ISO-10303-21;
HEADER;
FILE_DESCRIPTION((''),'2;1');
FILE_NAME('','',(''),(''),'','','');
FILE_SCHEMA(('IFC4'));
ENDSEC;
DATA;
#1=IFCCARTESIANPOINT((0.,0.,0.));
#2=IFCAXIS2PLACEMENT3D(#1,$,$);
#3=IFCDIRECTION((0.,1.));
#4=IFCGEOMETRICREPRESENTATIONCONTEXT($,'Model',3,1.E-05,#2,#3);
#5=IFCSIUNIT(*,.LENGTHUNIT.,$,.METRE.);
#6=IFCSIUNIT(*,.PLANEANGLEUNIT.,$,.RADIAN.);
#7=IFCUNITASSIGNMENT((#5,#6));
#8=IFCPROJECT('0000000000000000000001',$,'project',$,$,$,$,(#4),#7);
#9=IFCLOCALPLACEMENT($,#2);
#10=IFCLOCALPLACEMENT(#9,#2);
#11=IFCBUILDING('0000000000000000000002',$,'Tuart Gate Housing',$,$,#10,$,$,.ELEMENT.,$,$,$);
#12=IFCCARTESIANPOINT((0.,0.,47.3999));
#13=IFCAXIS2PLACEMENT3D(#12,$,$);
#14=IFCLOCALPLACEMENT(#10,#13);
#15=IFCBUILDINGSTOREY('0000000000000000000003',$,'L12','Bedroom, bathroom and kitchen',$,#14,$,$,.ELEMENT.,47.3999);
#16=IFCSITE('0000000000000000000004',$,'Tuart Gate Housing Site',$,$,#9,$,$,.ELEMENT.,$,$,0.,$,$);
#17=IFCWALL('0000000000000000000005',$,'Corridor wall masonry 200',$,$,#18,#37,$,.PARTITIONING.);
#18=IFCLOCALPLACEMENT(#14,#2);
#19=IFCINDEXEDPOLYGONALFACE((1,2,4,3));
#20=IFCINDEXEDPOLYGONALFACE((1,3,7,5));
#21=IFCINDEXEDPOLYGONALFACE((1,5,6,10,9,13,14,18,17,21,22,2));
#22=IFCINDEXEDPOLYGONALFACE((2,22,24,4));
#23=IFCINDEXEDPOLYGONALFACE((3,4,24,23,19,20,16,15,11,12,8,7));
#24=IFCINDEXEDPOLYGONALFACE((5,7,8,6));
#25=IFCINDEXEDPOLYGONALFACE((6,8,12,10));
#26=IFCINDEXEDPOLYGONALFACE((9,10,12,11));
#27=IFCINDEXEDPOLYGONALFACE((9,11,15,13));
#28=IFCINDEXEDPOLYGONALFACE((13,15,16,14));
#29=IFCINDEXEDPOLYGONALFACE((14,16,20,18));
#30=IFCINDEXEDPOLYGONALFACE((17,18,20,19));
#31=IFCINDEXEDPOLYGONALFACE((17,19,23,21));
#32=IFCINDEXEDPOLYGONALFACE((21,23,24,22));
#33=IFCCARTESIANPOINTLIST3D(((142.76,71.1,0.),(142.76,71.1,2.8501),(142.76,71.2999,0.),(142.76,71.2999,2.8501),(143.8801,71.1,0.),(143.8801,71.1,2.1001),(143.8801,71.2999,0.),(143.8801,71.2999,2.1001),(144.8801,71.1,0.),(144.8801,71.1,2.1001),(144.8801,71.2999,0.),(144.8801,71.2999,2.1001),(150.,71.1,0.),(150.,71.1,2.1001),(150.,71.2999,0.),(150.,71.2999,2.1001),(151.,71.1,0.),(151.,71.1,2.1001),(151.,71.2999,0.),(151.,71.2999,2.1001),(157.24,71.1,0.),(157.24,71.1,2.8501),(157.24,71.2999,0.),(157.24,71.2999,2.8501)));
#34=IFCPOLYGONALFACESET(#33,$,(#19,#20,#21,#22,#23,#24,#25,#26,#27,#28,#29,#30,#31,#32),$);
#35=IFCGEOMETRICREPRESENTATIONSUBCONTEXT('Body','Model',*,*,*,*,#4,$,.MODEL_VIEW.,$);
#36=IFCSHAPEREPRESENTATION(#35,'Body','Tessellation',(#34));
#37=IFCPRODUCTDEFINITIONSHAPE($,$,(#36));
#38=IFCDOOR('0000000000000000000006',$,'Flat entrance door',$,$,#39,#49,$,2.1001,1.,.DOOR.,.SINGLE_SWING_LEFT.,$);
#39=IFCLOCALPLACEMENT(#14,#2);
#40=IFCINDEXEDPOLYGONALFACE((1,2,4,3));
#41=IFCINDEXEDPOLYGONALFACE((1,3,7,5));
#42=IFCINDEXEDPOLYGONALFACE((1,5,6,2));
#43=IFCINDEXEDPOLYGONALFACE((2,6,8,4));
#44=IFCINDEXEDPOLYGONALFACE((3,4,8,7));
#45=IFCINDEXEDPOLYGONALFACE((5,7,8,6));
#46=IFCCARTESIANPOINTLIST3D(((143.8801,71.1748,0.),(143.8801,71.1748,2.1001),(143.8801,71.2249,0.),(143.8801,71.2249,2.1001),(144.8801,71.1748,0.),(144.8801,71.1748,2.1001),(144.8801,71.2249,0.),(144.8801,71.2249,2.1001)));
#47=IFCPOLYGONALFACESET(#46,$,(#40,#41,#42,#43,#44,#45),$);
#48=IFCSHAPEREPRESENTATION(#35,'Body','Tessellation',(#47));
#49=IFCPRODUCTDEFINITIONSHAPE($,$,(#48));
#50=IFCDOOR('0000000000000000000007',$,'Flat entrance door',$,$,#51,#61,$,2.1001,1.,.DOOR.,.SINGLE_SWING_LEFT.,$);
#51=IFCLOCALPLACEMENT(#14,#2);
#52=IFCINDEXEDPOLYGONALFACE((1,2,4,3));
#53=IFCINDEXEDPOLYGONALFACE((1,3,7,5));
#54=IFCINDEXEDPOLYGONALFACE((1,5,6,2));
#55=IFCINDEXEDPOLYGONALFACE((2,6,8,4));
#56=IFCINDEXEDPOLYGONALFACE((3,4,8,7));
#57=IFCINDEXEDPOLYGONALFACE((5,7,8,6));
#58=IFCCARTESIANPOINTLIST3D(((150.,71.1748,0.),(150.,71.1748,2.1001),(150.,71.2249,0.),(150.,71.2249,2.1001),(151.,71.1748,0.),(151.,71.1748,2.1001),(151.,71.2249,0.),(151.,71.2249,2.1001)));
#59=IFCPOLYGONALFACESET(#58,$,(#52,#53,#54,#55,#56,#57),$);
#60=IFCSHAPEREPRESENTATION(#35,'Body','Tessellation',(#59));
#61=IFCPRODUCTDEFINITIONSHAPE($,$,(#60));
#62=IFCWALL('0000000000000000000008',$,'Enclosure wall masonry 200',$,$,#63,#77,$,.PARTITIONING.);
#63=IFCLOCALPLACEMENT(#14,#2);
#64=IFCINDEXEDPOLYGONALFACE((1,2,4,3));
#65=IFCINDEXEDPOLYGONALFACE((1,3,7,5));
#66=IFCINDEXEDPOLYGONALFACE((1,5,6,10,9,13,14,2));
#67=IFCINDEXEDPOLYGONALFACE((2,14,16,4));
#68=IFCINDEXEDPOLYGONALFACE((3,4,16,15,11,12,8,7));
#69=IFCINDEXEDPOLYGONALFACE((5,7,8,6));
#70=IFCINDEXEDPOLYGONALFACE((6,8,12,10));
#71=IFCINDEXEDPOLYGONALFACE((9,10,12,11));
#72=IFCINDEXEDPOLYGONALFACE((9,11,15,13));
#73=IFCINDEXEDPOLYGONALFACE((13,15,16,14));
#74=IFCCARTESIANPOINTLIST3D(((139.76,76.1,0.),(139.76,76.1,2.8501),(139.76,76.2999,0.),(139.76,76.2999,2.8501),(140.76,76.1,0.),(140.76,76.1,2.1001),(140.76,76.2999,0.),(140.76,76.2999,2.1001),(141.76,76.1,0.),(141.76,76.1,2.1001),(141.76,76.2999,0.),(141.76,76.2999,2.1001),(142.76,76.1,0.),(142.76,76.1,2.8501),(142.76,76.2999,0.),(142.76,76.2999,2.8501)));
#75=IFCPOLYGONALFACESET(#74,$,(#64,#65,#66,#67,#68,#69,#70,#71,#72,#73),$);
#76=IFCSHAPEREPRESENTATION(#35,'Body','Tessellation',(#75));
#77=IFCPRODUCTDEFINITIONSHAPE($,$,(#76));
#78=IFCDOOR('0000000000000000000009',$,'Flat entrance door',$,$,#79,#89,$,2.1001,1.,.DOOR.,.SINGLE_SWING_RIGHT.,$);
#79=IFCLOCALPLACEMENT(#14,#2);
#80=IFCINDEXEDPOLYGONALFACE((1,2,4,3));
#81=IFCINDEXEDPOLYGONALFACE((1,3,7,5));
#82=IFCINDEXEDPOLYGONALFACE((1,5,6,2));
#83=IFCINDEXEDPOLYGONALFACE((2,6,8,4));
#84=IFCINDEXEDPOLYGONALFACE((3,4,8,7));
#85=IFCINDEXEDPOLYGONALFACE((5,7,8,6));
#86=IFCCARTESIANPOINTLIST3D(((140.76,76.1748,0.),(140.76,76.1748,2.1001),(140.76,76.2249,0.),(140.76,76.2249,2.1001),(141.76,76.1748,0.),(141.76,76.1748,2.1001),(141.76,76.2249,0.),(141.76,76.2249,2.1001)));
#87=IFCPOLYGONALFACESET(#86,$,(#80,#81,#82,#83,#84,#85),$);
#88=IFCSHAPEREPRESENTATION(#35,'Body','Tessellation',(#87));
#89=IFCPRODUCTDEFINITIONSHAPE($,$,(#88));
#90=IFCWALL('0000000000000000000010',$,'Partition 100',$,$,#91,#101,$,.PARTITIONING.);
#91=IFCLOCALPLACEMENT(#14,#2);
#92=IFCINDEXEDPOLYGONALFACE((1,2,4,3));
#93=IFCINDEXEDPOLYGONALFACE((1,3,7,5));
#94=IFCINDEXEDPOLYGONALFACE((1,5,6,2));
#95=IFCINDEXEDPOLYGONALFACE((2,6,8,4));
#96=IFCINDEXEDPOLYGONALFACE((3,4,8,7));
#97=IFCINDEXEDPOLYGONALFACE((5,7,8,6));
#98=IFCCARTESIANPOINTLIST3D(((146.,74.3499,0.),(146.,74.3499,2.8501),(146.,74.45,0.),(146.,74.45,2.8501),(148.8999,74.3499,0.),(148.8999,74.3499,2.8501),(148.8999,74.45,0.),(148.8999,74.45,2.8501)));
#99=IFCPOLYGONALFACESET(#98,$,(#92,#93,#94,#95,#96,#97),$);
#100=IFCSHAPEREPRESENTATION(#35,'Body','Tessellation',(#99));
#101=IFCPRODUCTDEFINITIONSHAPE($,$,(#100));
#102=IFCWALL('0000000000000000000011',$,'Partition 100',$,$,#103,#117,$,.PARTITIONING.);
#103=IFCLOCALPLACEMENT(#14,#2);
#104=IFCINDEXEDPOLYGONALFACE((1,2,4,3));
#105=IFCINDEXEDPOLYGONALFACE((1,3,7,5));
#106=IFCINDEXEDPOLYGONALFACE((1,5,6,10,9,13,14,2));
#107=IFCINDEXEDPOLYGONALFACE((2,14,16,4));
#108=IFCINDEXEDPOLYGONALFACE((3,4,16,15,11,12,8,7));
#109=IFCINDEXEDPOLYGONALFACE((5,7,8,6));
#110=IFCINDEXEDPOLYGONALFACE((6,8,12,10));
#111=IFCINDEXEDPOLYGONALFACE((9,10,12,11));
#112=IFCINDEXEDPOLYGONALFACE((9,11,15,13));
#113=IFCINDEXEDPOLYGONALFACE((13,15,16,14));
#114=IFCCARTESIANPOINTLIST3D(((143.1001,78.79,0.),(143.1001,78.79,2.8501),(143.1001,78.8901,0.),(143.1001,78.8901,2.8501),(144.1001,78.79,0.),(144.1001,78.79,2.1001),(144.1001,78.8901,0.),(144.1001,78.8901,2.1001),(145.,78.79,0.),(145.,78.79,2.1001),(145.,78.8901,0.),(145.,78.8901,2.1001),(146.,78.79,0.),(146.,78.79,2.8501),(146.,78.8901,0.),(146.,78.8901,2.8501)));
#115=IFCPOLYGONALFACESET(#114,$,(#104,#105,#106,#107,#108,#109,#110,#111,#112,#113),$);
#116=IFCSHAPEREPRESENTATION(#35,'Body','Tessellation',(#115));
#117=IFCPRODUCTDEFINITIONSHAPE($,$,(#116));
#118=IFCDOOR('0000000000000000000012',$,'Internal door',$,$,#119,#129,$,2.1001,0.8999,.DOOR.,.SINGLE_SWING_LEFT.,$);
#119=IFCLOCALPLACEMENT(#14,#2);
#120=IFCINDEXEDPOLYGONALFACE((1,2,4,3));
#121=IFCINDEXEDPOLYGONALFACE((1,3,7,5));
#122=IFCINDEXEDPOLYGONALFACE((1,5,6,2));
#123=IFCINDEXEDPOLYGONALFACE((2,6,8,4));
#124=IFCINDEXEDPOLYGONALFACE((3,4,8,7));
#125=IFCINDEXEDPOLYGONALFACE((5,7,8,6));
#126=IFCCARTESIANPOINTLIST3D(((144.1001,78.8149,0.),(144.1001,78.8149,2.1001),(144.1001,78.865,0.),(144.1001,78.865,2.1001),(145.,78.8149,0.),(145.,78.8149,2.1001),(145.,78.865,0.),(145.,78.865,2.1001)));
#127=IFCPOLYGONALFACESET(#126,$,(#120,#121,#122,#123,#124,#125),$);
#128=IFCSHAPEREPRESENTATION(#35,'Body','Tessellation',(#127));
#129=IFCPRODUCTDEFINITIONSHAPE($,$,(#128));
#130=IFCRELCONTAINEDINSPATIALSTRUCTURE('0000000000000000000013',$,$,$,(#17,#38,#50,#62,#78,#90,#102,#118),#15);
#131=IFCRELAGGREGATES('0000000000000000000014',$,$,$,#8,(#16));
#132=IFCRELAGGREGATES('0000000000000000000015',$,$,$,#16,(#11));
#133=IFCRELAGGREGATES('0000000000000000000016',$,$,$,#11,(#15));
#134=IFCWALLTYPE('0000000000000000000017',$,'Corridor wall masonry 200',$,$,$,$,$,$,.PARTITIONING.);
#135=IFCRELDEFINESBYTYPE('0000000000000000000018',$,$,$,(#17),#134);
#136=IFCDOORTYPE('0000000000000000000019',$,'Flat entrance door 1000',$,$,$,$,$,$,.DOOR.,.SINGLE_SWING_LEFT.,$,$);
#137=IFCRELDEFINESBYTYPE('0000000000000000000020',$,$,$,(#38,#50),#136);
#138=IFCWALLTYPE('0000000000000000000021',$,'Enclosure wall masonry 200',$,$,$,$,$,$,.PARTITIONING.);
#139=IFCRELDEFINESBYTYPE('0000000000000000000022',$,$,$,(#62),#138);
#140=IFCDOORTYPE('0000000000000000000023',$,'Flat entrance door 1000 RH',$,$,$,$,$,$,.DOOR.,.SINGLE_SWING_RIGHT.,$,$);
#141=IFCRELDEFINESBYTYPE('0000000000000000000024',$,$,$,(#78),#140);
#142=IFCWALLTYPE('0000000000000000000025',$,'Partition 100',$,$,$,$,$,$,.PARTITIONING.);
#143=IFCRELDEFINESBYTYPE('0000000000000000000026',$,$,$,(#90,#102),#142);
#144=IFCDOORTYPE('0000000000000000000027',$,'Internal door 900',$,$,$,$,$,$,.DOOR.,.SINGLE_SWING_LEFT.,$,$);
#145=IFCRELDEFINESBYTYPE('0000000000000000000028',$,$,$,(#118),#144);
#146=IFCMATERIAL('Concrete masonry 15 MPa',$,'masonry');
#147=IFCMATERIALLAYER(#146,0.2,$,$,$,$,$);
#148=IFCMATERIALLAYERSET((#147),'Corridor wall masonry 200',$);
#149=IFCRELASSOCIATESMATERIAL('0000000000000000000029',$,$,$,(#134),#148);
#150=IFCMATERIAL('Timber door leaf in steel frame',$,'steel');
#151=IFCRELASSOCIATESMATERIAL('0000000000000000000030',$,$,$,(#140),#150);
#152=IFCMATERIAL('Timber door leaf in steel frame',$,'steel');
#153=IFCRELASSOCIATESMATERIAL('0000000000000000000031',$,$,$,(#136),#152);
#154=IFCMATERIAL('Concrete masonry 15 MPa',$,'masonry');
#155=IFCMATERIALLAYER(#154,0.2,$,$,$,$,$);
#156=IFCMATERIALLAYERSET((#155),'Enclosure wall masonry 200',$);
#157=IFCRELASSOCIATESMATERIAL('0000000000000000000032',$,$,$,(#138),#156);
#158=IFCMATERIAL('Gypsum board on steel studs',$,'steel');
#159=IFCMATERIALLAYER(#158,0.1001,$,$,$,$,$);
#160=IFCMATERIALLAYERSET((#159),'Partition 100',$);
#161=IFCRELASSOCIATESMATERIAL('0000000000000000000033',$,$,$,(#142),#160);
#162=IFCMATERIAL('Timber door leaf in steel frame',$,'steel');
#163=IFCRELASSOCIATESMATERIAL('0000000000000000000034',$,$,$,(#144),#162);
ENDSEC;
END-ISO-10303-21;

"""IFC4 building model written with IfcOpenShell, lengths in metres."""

from ifc_helpers import new_model, si_unit, direction, frame, frame_2d, origin, place, context, subcontext, project, spatial, rectangle, extrude, material, layer, layer_set, type_object, element, fill, save


model = new_model("IFC4")

# Units and contexts
model_context = context("Model", 3, precision=1e-05, world=origin(), true_north=direction((0.0, 1.0)))
body_context = subcontext(model_context, "Body", "Model", "MODEL_VIEW")
ifc_project = project(units=[si_unit("LENGTHUNIT", "METRE"), si_unit("PLANEANGLEUNIT", "RADIAN")], contexts=[model_context])

# Site, building, storey
site_placement = place(None, origin())
site = spatial("IfcSite", under=ifc_project, at=site_placement, Name="Tuart Gate Housing Site", CompositionType="ELEMENT", RefElevation=0.0)
building_placement = place(site_placement, origin())
building = spatial("IfcBuilding", under=site, at=building_placement, Name="Tuart Gate Housing", CompositionType="ELEMENT")
storey_placement = place(building_placement, frame((0.0, 0.0, 47.3999)))
storey = spatial("IfcBuildingStorey", under=building, at=storey_placement, Name="L12", Description="Bedroom, bathroom and kitchen", CompositionType="ELEMENT", Elevation=47.3999)

# Wall, openings, doors
ifc_material_1 = material(Name="Concrete masonry 15 MPa", Category="masonry")
ifc_layer_1 = layer(ifc_material_1, 0.2)
ifc_layer_set_1 = layer_set([ifc_layer_1], Name="Corridor wall masonry 200")
wall_type_1 = type_object("IfcWallType", Name="Corridor wall masonry 200", PredefinedType="PARTITIONING", material=ifc_layer_set_1)
ifc_material_2 = material(Name="Timber door leaf in steel frame", Category="steel")
door_type_1 = type_object("IfcDoorType", Name="Flat entrance door 1000 RH", OperationType="SINGLE_SWING_RIGHT", PredefinedType="DOOR", material=ifc_material_2)
wall_1_placement = place(storey_placement, frame((142.76, 71.2, 0.0), z_axis=(0.0, 0.0, 1.0), x_axis=(1.0, 0.0, 0.0)))
wall_1 = element("IfcWall", 1, at=wall_1_placement, inside=storey, type_object=wall_type_1, Name="Corridor wall masonry 200", PredefinedType="PARTITIONING", context=body_context, shape_type="SweptSolid", body=[
    extrude(rectangle(XDim=14.48, YDim=0.2, at=frame_2d((7.24, 0.0))), origin(), (0.0, 0.0, 1.0), 2.8501),
])
opening_1_placement = place(wall_1_placement, frame((1.1201, 0.0, 0.0)))
opening_1 = element("IfcOpeningElement", 2, at=opening_1_placement, cuts=wall_1, PredefinedType="OPENING", context=body_context, shape_type="SweptSolid", body=[
    extrude(rectangle(XDim=1.0, YDim=2.1001, at=frame_2d((0.5, 1.05))), frame((0.0, 0.1099, 0.0), z_axis=(0.0, -1.0, 0.0), x_axis=(1.0, 0.0, 0.0)), (0.0, 0.0, 1.0), 0.22),
])
opening_2_placement = place(wall_1_placement, frame((7.24, 0.0, 0.0)))
opening_2 = element("IfcOpeningElement", 3, at=opening_2_placement, cuts=wall_1, PredefinedType="OPENING", context=body_context, shape_type="SweptSolid", body=[
    extrude(rectangle(XDim=1.0, YDim=2.1001, at=frame_2d((0.5, 1.05))), frame((0.0, 0.1099, 0.0), z_axis=(0.0, -1.0, 0.0), x_axis=(1.0, 0.0, 0.0)), (0.0, 0.0, 1.0), 0.22),
])
ifc_material_3 = material(Name="Timber door leaf in steel frame", Category="steel")
door_type_2 = type_object("IfcDoorType", Name="Flat entrance door 1000", OperationType="SINGLE_SWING_LEFT", PredefinedType="DOOR", material=ifc_material_3)
door_1_placement = place(opening_1_placement, origin())
door_1 = element("IfcDoor", 4, at=door_1_placement, inside=storey, type_object=door_type_2, Name="Flat entrance door", OperationType="SINGLE_SWING_LEFT", OverallHeight=2.1001, OverallWidth=1.0, PredefinedType="DOOR", context=body_context, shape_type="SweptSolid", body=[
    extrude(rectangle(XDim=1.0, YDim=2.1001, at=frame_2d((0.5, 1.05))), frame((0.0, 0.0249, 0.0), z_axis=(0.0, -1.0, 0.0), x_axis=(1.0, 0.0, 0.0)), (0.0, 0.0, 1.0), 0.05),
])
fill(opening_1, door_1)
door_2_placement = place(opening_2_placement, origin())
door_2 = element("IfcDoor", 5, at=door_2_placement, inside=storey, type_object=door_type_2, Name="Flat entrance door", OperationType="SINGLE_SWING_LEFT", OverallHeight=2.1001, OverallWidth=1.0, PredefinedType="DOOR", context=body_context, shape_type="SweptSolid", body=[
    extrude(rectangle(XDim=1.0, YDim=2.1001, at=frame_2d((0.5, 1.05))), frame((0.0, 0.0249, 0.0), z_axis=(0.0, -1.0, 0.0), x_axis=(1.0, 0.0, 0.0)), (0.0, 0.0, 1.0), 0.05),
])
fill(opening_2, door_2)

# Wall, opening, door
ifc_material_4 = material(Name="Concrete masonry 15 MPa", Category="masonry")
ifc_layer_2 = layer(ifc_material_4, 0.2)
ifc_layer_set_2 = layer_set([ifc_layer_2], Name="Enclosure wall masonry 200")
wall_type_2 = type_object("IfcWallType", Name="Enclosure wall masonry 200", PredefinedType="PARTITIONING", material=ifc_layer_set_2)
wall_2_placement = place(storey_placement, frame((139.76, 76.2, 0.0), z_axis=(0.0, 0.0, 1.0), x_axis=(1.0, 0.0, 0.0)))
wall_2 = element("IfcWall", 6, at=wall_2_placement, inside=storey, type_object=wall_type_2, Name="Enclosure wall masonry 200", PredefinedType="PARTITIONING", context=body_context, shape_type="SweptSolid", body=[
    extrude(rectangle(XDim=3.0, YDim=0.2, at=frame_2d((1.5, 0.0))), origin(), (0.0, 0.0, 1.0), 2.8501),
])
opening_3_placement = place(wall_2_placement, frame((1.0, 0.0, 0.0)))
opening_3 = element("IfcOpeningElement", 7, at=opening_3_placement, cuts=wall_2, PredefinedType="OPENING", context=body_context, shape_type="SweptSolid", body=[
    extrude(rectangle(XDim=1.0, YDim=2.1001, at=frame_2d((0.5, 1.05))), frame((0.0, 0.1099, 0.0), z_axis=(0.0, -1.0, 0.0), x_axis=(1.0, 0.0, 0.0)), (0.0, 0.0, 1.0), 0.22),
])
door_3_placement = place(opening_3_placement, origin())
door_3 = element("IfcDoor", 8, at=door_3_placement, inside=storey, type_object=door_type_1, Name="Flat entrance door", OperationType="SINGLE_SWING_RIGHT", OverallHeight=2.1001, OverallWidth=1.0, PredefinedType="DOOR", context=body_context, shape_type="SweptSolid", body=[
    extrude(rectangle(XDim=1.0, YDim=2.1001, at=frame_2d((0.5, 1.05))), frame((0.0, 0.0249, 0.0), z_axis=(0.0, -1.0, 0.0), x_axis=(1.0, 0.0, 0.0)), (0.0, 0.0, 1.0), 0.05),
])
fill(opening_3, door_3)

# Wall
ifc_material_5 = material(Name="Gypsum board on steel studs", Category="steel")
ifc_layer_3 = layer(ifc_material_5, 0.1001)
ifc_layer_set_3 = layer_set([ifc_layer_3], Name="Partition 100")
wall_type_3 = type_object("IfcWallType", Name="Partition 100", PredefinedType="PARTITIONING", material=ifc_layer_set_3)
wall_3_placement = place(storey_placement, frame((146.0, 74.3999, 0.0), z_axis=(0.0, 0.0, 1.0), x_axis=(1.0, 0.0, 0.0)))
element("IfcWall", 9, at=wall_3_placement, inside=storey, type_object=wall_type_3, Name="Partition 100", PredefinedType="PARTITIONING", context=body_context, shape_type="SweptSolid", body=[
    extrude(rectangle(XDim=2.8999, YDim=0.1001, at=frame_2d((1.45, 0.0))), origin(), (0.0, 0.0, 1.0), 2.8501),
])

# Wall, opening, door
wall_4_placement = place(storey_placement, frame((143.1001, 78.8401, 0.0), z_axis=(0.0, 0.0, 1.0), x_axis=(1.0, 0.0, 0.0)))
wall_4 = element("IfcWall", 10, at=wall_4_placement, inside=storey, type_object=wall_type_3, Name="Partition 100", PredefinedType="PARTITIONING", context=body_context, shape_type="SweptSolid", body=[
    extrude(rectangle(XDim=2.8999, YDim=0.1001, at=frame_2d((1.45, 0.0))), origin(), (0.0, 0.0, 1.0), 2.8501),
])
opening_4_placement = place(wall_4_placement, frame((1.0, 0.0, 0.0)))
opening_4 = element("IfcOpeningElement", 11, at=opening_4_placement, cuts=wall_4, PredefinedType="OPENING", context=body_context, shape_type="SweptSolid", body=[
    extrude(rectangle(XDim=0.8999, YDim=2.1001, at=frame_2d((0.45, 1.05))), frame((0.0, 0.0601, 0.0), z_axis=(0.0, -1.0, 0.0), x_axis=(1.0, 0.0, 0.0)), (0.0, 0.0, 1.0), 0.1201),
])
ifc_material_6 = material(Name="Timber door leaf in steel frame", Category="steel")
door_type_3 = type_object("IfcDoorType", Name="Internal door 900", OperationType="SINGLE_SWING_LEFT", PredefinedType="DOOR", material=ifc_material_6)
door_4_placement = place(opening_4_placement, frame((0.8999, 0.0, 0.0), z_axis=(0.0, 0.0, 1.0), x_axis=(-1.0, 0.0, 0.0)))
door_4 = element("IfcDoor", 12, at=door_4_placement, inside=storey, type_object=door_type_3, Name="Internal door", OperationType="SINGLE_SWING_LEFT", OverallHeight=2.1001, OverallWidth=0.8999, PredefinedType="DOOR", context=body_context, shape_type="SweptSolid", body=[
    extrude(rectangle(XDim=0.8999, YDim=2.1001, at=frame_2d((0.45, 1.05))), frame((0.0, 0.0251, 0.0), z_axis=(0.0, -1.0, 0.0), x_axis=(1.0, 0.0, 0.0)), (0.0, 0.0, 1.0), 0.05),
])
fill(opening_4, door_4)

save(model, "model.ifc")
